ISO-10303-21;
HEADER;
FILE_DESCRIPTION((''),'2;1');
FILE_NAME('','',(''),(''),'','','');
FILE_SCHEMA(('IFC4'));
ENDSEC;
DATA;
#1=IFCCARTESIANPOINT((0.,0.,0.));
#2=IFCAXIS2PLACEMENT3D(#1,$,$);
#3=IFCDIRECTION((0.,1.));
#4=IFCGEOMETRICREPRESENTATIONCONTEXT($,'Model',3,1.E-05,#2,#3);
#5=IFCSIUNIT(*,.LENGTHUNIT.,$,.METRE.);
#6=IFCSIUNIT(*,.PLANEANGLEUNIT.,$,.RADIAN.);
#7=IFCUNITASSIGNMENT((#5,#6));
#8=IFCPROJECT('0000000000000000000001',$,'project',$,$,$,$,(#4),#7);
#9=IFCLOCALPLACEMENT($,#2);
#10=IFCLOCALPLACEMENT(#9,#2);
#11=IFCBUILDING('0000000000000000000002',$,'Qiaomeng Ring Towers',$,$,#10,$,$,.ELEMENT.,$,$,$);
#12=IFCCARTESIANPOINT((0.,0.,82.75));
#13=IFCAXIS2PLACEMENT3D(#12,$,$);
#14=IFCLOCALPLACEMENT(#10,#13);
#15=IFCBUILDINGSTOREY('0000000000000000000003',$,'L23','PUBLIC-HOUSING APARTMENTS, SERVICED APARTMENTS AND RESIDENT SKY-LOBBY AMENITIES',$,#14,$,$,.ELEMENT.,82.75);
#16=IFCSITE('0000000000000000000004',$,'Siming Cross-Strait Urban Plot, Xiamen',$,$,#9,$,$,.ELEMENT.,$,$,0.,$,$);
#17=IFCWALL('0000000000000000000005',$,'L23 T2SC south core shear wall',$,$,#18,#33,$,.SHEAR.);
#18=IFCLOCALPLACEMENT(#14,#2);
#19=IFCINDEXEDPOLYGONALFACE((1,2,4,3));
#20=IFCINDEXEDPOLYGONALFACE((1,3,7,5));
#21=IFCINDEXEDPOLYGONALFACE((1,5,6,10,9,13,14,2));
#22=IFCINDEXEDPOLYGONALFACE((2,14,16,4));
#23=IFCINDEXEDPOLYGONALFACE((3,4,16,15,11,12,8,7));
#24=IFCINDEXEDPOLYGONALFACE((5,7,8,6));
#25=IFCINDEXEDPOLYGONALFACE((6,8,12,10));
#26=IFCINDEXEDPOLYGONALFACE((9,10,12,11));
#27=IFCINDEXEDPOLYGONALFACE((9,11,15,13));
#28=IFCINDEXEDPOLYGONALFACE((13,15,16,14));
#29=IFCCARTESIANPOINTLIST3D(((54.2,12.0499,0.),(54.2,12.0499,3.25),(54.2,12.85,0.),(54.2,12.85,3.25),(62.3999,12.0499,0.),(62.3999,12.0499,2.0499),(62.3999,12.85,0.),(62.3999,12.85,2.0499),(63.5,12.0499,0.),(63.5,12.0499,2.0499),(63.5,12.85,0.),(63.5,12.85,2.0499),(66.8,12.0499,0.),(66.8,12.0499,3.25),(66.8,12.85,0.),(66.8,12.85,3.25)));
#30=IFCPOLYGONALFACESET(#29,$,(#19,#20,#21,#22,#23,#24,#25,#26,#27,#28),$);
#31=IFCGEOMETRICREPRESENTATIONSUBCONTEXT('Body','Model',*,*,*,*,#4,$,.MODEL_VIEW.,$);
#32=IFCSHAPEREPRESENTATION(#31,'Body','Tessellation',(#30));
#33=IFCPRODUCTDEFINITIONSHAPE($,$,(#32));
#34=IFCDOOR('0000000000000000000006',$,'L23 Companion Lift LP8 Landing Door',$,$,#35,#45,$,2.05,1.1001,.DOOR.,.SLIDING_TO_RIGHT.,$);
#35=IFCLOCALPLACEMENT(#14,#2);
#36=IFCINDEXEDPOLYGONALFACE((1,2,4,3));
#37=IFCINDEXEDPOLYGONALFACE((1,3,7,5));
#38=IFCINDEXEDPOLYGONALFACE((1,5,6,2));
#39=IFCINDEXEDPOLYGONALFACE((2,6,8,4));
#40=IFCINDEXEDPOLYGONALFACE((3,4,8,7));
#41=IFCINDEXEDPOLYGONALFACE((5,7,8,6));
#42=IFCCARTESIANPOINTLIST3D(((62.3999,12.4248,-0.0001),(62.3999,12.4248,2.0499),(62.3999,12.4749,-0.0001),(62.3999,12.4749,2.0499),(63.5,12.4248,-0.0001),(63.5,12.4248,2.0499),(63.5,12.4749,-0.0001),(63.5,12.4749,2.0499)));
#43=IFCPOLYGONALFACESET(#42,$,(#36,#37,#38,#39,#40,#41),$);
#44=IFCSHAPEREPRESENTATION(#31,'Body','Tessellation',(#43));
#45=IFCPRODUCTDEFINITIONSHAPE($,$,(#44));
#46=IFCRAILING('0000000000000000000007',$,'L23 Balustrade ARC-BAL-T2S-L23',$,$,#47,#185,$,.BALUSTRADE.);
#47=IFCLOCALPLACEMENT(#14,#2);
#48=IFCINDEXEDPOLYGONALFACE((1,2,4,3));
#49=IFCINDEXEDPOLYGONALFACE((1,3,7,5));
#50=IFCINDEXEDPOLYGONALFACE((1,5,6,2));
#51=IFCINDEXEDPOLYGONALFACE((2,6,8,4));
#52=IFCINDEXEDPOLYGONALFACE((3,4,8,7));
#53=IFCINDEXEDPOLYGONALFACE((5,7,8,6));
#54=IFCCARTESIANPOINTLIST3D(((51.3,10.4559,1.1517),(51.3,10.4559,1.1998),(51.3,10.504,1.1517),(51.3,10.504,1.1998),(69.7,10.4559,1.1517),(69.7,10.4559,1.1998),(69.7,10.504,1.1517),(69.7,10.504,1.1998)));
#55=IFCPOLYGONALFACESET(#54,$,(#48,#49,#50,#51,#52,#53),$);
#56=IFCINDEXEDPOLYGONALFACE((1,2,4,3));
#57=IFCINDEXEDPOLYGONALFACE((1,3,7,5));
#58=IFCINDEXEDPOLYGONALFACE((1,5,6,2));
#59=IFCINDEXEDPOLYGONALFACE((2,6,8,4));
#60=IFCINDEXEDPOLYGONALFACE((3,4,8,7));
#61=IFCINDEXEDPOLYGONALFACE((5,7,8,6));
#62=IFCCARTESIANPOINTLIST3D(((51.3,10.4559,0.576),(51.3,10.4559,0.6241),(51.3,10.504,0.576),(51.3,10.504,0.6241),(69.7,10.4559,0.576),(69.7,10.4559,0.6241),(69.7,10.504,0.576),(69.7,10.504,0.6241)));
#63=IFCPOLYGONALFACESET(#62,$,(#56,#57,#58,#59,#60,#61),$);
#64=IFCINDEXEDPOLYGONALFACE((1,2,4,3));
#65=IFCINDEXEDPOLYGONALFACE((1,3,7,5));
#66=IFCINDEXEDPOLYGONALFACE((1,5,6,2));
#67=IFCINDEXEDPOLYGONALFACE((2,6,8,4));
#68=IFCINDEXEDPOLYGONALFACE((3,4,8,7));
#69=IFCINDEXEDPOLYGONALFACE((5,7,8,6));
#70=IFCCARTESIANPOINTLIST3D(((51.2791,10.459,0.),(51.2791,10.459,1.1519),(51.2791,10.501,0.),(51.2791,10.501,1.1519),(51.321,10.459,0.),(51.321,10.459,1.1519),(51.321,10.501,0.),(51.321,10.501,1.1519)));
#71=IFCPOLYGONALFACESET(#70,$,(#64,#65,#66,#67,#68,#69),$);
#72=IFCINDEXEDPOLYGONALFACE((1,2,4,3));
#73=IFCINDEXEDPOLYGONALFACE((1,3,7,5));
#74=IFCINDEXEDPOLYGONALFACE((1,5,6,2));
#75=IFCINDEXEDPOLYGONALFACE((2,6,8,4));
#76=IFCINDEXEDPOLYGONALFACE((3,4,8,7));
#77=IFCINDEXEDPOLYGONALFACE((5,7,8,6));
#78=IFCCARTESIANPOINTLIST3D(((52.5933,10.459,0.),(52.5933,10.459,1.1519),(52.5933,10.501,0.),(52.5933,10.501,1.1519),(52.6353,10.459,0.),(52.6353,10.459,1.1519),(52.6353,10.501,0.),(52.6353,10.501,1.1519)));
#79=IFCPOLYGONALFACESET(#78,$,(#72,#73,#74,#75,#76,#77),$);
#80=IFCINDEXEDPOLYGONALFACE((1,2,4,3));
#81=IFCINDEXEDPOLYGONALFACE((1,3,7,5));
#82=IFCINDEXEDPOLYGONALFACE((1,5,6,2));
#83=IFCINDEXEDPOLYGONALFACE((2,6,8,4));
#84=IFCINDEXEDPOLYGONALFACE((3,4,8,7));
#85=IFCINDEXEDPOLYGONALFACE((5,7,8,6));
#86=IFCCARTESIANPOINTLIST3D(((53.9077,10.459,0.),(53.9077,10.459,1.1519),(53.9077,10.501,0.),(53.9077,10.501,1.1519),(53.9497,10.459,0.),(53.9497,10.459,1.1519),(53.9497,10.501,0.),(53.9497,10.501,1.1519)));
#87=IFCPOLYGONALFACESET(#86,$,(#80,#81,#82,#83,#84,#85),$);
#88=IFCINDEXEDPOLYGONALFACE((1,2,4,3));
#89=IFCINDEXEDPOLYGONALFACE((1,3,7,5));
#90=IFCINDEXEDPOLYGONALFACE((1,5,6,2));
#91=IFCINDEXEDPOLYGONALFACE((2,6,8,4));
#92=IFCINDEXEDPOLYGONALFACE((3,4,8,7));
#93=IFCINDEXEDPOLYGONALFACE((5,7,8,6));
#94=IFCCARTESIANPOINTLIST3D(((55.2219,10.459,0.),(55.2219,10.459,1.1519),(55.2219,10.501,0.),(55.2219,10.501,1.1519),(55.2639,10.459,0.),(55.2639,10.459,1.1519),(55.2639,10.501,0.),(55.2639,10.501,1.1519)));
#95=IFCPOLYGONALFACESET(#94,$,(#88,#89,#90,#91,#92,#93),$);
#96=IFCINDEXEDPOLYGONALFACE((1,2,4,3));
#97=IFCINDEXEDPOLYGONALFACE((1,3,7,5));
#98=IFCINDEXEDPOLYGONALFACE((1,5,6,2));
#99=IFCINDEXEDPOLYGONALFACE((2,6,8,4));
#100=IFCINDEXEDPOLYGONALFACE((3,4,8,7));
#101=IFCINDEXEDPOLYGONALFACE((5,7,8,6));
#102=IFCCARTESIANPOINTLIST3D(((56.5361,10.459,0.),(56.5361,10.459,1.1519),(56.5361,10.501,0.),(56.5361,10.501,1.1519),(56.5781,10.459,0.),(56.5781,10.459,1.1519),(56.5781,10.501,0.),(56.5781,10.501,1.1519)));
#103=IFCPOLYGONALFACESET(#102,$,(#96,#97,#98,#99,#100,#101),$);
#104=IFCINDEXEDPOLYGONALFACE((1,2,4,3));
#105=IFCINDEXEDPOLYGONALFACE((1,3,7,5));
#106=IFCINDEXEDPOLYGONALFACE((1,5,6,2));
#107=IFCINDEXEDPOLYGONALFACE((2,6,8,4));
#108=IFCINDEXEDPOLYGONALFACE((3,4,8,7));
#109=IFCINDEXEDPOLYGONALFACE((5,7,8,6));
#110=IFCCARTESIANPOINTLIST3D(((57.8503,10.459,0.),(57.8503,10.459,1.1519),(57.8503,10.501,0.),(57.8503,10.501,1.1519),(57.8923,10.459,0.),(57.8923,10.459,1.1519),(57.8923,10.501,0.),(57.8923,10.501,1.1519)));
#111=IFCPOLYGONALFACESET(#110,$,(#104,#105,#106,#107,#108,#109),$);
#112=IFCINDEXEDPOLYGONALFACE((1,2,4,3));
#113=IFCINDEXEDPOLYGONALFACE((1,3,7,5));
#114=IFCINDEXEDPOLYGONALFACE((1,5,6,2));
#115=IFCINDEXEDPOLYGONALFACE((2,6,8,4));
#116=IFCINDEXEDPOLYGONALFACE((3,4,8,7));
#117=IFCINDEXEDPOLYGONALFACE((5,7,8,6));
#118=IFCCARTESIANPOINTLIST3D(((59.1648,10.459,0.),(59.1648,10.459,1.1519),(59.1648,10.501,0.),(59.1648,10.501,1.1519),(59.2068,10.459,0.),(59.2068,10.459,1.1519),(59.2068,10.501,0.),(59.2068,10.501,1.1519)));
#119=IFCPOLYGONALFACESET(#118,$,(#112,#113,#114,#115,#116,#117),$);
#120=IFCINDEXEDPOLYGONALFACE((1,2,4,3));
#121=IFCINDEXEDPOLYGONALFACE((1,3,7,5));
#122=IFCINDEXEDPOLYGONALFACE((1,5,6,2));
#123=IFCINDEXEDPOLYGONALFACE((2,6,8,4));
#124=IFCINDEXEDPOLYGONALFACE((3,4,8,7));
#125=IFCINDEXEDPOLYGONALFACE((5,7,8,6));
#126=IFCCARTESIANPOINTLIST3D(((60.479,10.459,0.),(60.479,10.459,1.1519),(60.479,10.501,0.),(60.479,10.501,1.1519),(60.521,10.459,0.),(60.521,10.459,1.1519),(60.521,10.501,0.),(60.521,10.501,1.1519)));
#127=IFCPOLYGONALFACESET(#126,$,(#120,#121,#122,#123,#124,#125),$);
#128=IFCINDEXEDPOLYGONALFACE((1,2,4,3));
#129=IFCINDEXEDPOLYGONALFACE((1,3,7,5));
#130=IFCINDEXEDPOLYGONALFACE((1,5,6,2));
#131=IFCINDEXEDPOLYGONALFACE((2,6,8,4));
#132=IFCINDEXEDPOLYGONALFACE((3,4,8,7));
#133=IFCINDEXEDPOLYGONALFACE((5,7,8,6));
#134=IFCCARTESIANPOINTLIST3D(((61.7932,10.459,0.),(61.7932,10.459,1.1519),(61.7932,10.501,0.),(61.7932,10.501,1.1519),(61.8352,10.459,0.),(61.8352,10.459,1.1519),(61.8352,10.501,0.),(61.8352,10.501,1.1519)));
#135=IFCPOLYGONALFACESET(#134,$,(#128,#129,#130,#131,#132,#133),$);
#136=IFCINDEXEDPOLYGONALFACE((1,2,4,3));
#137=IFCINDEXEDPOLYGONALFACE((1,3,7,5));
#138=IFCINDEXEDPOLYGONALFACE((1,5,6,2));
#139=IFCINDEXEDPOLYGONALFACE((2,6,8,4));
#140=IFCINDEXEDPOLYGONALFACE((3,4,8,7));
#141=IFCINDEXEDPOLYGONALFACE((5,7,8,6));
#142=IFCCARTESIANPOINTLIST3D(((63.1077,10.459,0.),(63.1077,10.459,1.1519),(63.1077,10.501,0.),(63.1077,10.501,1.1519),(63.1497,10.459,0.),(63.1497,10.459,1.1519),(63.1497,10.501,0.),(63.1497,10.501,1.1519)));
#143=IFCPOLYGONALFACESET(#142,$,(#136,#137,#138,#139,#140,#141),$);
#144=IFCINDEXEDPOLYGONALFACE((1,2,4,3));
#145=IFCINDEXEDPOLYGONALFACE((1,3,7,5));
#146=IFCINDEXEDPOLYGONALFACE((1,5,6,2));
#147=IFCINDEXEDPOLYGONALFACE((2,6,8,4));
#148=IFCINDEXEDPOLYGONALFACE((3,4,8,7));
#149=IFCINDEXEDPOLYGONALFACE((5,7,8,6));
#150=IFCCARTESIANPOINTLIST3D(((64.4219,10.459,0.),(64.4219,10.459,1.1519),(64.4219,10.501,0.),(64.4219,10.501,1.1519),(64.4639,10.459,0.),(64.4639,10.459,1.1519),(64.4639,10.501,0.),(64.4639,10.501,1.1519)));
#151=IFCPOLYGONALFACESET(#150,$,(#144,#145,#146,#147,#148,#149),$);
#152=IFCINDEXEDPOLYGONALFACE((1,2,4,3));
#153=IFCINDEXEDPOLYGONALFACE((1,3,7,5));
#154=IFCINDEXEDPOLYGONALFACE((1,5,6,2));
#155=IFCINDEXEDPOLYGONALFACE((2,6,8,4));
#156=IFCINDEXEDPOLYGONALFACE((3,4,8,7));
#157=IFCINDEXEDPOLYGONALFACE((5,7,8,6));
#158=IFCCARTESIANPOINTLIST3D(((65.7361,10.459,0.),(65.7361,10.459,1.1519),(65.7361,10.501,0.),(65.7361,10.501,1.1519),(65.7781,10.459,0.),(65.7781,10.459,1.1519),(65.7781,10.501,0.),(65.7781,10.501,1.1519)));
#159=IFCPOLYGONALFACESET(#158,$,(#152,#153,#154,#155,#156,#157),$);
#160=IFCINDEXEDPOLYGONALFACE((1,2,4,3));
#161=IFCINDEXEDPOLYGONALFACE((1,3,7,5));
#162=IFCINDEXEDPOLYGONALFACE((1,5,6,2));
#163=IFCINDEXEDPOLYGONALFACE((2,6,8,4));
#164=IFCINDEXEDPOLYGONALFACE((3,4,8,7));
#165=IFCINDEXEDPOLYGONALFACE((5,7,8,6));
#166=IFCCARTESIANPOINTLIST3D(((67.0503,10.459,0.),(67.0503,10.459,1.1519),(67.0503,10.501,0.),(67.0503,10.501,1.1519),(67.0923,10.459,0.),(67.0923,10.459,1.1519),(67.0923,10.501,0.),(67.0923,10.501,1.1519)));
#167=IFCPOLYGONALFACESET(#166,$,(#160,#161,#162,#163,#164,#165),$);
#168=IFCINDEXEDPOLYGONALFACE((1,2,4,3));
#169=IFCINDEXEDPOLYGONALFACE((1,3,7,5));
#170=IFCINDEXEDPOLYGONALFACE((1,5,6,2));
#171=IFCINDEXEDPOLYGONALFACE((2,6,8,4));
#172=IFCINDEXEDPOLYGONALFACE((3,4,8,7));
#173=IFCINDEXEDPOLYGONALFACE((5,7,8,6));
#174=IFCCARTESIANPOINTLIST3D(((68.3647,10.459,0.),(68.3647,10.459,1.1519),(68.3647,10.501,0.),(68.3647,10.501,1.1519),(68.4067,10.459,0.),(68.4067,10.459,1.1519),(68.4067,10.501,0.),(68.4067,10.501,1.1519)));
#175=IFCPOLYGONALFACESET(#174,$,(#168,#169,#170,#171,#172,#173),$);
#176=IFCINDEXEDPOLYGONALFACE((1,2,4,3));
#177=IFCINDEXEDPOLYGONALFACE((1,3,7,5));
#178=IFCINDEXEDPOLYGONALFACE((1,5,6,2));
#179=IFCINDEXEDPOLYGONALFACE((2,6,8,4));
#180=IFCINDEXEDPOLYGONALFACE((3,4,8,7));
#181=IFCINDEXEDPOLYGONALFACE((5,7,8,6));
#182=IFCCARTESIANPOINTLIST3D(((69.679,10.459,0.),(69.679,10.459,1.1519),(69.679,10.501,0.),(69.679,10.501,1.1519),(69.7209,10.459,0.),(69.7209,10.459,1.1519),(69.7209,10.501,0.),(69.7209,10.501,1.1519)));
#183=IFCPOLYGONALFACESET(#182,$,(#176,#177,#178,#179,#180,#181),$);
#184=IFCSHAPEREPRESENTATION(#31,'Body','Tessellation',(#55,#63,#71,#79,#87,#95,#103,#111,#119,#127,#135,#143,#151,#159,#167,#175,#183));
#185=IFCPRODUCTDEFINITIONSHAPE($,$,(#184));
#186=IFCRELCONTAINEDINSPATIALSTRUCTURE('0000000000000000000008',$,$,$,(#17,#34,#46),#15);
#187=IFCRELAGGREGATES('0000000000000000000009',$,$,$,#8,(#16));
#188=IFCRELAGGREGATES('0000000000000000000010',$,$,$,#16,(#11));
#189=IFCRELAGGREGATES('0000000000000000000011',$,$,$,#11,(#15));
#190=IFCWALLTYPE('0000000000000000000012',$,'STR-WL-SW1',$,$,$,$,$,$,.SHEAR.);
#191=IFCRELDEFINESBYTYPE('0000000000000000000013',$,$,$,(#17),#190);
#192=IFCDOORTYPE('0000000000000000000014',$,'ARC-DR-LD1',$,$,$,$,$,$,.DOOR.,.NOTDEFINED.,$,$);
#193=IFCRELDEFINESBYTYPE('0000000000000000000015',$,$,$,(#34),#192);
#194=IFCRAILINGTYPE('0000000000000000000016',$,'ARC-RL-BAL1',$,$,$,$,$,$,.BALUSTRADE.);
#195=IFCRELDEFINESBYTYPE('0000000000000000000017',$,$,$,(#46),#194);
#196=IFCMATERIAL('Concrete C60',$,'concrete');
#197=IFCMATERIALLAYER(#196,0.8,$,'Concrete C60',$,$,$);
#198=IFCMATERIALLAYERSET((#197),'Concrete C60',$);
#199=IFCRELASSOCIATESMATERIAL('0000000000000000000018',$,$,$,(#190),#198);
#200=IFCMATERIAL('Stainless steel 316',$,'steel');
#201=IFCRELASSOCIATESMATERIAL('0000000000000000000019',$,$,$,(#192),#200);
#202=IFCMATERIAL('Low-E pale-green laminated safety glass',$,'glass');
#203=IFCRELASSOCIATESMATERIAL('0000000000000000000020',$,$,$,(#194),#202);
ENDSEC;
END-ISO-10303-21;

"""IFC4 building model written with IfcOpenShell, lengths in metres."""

from ifc_helpers import new_model, si_unit, direction, frame, frame_2d, origin, origin_2d, place, context, subcontext, project, spatial, rectangle, extrude, source, transform, mapped, material, layer, layer_set, type_object, element, fill, save


model = new_model("IFC4")

# Units and contexts
model_context = context("Model", 3, precision=1e-05, world=origin(), true_north=direction((0.0, 1.0)))
body_context = subcontext(model_context, "Body", "Model", "MODEL_VIEW")
ifc_project = project(units=[si_unit("LENGTHUNIT", "METRE"), si_unit("PLANEANGLEUNIT", "RADIAN")], contexts=[model_context])

# Site, building, storey
site_placement = place(None, origin())
site = spatial("IfcSite", under=ifc_project, at=site_placement, Name="Siming Cross-Strait Urban Plot, Xiamen", CompositionType="ELEMENT", RefElevation=0.0)
building_placement = place(site_placement, origin())
building = spatial("IfcBuilding", under=site, at=building_placement, Name="Qiaomeng Ring Towers", CompositionType="ELEMENT")
storey_placement = place(building_placement, frame((0.0, 0.0, 82.75)))
storey = spatial("IfcBuildingStorey", under=building, at=storey_placement, Name="L23", Description="PUBLIC-HOUSING APARTMENTS, SERVICED APARTMENTS AND RESIDENT SKY-LOBBY AMENITIES", CompositionType="ELEMENT", Elevation=82.75)

# Wall, opening, door
ifc_material_1 = material(Name="Concrete C60", Category="concrete")
ifc_layer_1 = layer(ifc_material_1, 0.8, Name="Concrete C60")
ifc_layer_set_1 = layer_set([ifc_layer_1], Name="Concrete C60")
wall_type_1 = type_object("IfcWallType", Name="STR-WL-SW1", PredefinedType="SHEAR", material=ifc_layer_set_1)
wall_1_placement = place(storey_placement, frame((54.2, 12.45, 0.0), z_axis=(0.0, 0.0, 1.0), x_axis=(1.0, 0.0, 0.0)))
wall_1 = element("IfcWall", 1, at=wall_1_placement, inside=storey, type_object=wall_type_1, Name="L23 T2SC south core shear wall", PredefinedType="SHEAR", context=body_context, shape_type="SweptSolid", body=[
    extrude(rectangle(XDim=12.6001, YDim=0.8, at=frame_2d((6.3, 0.0))), origin(), (0.0, 0.0, 1.0), 3.25),
])
opening_1_placement = place(wall_1_placement, frame((8.2, 0.0, 0.0)))
opening_1 = element("IfcOpeningElement", 2, at=opening_1_placement, cuts=wall_1, PredefinedType="OPENING", context=body_context, shape_type="SweptSolid", body=[
    extrude(rectangle(XDim=1.1001, YDim=2.05, at=frame_2d((0.55, 1.0249))), frame((0.0, 0.4099, 0.0), z_axis=(0.0, -1.0, 0.0), x_axis=(1.0, 0.0, 0.0)), (0.0, 0.0, 1.0), 0.8201),
])
ifc_material_2 = material(Name="Stainless steel 316", Category="steel")
door_type_1 = type_object("IfcDoorType", Name="ARC-DR-LD1", OperationType="NOTDEFINED", PredefinedType="DOOR", material=ifc_material_2)
shared_shape_1 = source(origin(), body_context, "Body", "SweptSolid", [
    extrude(rectangle(XDim=1.1001, YDim=2.05, at=frame_2d((0.55, 1.0249))), frame((0.0, 0.0249, 0.0), z_axis=(0.0, -1.0, 0.0), x_axis=(1.0, 0.0, 0.0)), (0.0, 0.0, 1.0), 0.05),
])
door_1_placement = place(opening_1_placement, origin())
door_1 = element("IfcDoor", 3, at=door_1_placement, inside=storey, type_object=door_type_1, Name="L23 Companion Lift LP8 Landing Door", OperationType="SLIDING_TO_RIGHT", OverallHeight=2.05, OverallWidth=1.1001, PredefinedType="DOOR", context=body_context, shape_type="MappedRepresentation", body=[
    mapped(shared_shape_1, transform((0.0, 0.0, 0.0), x_axis=(1.0, 0.0, 0.0), y_axis=(0.0, 1.0, 0.0), z_axis=(0.0, 0.0, 1.0), scale=1.0)),
])
fill(opening_1, door_1)

# Railing
ifc_material_3 = material(Name="Low-E pale-green laminated safety glass", Category="glass")
railing_type = type_object("IfcRailingType", Name="ARC-RL-BAL1", PredefinedType="BALUSTRADE", material=ifc_material_3)
railing_placement = place(storey_placement, frame((51.3, 10.48, 0.0)))
element("IfcRailing", 4, at=railing_placement, inside=storey, type_object=railing_type, Name="L23 Balustrade ARC-BAL-T2S-L23", PredefinedType="BALUSTRADE", context=body_context, shape_type="SweptSolid", body=[
    extrude(rectangle(XDim=0.0481, YDim=0.0481, at=origin_2d()), frame((0.0, 0.0, 1.1758), z_axis=(1.0, 0.0, 0.0), x_axis=(0.0, 1.0, 0.0)), (0.0, 0.0, 1.0), 18.3999),
    extrude(rectangle(XDim=0.0481, YDim=0.0481, at=origin_2d()), frame((0.0, 0.0, 0.6001), z_axis=(1.0, 0.0, 0.0), x_axis=(0.0, 1.0, 0.0)), (0.0, 0.0, 1.0), 18.3999),
    extrude(rectangle(XDim=0.042, YDim=0.042, at=origin_2d()), origin(), (0.0, 0.0, 1.0), 1.1519),
    extrude(rectangle(XDim=0.042, YDim=0.042, at=origin_2d()), frame((1.3142, 0.0, 0.0)), (0.0, 0.0, 1.0), 1.1519),
    extrude(rectangle(XDim=0.042, YDim=0.042, at=origin_2d()), frame((2.6287, 0.0, 0.0)), (0.0, 0.0, 1.0), 1.1519),
    extrude(rectangle(XDim=0.042, YDim=0.042, at=origin_2d()), frame((3.9429, 0.0, 0.0)), (0.0, 0.0, 1.0), 1.1519),
    extrude(rectangle(XDim=0.042, YDim=0.042, at=origin_2d()), frame((5.2571, 0.0, 0.0)), (0.0, 0.0, 1.0), 1.1519),
    extrude(rectangle(XDim=0.042, YDim=0.042, at=origin_2d()), frame((6.5713, 0.0, 0.0)), (0.0, 0.0, 1.0), 1.1519),
    extrude(rectangle(XDim=0.042, YDim=0.042, at=origin_2d()), frame((7.8857, 0.0, 0.0)), (0.0, 0.0, 1.0), 1.1519),
    extrude(rectangle(XDim=0.042, YDim=0.042, at=origin_2d()), frame((9.2, 0.0, 0.0)), (0.0, 0.0, 1.0), 1.1519),
    extrude(rectangle(XDim=0.042, YDim=0.042, at=origin_2d()), frame((10.5142, 0.0, 0.0)), (0.0, 0.0, 1.0), 1.1519),
    extrude(rectangle(XDim=0.042, YDim=0.042, at=origin_2d()), frame((11.8286, 0.0, 0.0)), (0.0, 0.0, 1.0), 1.1519),
    extrude(rectangle(XDim=0.042, YDim=0.042, at=origin_2d()), frame((13.1428, 0.0, 0.0)), (0.0, 0.0, 1.0), 1.1519),
    extrude(rectangle(XDim=0.042, YDim=0.042, at=origin_2d()), frame((14.457, 0.0, 0.0)), (0.0, 0.0, 1.0), 1.1519),
    extrude(rectangle(XDim=0.042, YDim=0.042, at=origin_2d()), frame((15.7712, 0.0, 0.0)), (0.0, 0.0, 1.0), 1.1519),
    extrude(rectangle(XDim=0.042, YDim=0.042, at=origin_2d()), frame((17.0857, 0.0, 0.0)), (0.0, 0.0, 1.0), 1.1519),
    extrude(rectangle(XDim=0.042, YDim=0.042, at=origin_2d()), frame((18.3999, 0.0, 0.0)), (0.0, 0.0, 1.0), 1.1519),
])

save(model, "model.ifc")
